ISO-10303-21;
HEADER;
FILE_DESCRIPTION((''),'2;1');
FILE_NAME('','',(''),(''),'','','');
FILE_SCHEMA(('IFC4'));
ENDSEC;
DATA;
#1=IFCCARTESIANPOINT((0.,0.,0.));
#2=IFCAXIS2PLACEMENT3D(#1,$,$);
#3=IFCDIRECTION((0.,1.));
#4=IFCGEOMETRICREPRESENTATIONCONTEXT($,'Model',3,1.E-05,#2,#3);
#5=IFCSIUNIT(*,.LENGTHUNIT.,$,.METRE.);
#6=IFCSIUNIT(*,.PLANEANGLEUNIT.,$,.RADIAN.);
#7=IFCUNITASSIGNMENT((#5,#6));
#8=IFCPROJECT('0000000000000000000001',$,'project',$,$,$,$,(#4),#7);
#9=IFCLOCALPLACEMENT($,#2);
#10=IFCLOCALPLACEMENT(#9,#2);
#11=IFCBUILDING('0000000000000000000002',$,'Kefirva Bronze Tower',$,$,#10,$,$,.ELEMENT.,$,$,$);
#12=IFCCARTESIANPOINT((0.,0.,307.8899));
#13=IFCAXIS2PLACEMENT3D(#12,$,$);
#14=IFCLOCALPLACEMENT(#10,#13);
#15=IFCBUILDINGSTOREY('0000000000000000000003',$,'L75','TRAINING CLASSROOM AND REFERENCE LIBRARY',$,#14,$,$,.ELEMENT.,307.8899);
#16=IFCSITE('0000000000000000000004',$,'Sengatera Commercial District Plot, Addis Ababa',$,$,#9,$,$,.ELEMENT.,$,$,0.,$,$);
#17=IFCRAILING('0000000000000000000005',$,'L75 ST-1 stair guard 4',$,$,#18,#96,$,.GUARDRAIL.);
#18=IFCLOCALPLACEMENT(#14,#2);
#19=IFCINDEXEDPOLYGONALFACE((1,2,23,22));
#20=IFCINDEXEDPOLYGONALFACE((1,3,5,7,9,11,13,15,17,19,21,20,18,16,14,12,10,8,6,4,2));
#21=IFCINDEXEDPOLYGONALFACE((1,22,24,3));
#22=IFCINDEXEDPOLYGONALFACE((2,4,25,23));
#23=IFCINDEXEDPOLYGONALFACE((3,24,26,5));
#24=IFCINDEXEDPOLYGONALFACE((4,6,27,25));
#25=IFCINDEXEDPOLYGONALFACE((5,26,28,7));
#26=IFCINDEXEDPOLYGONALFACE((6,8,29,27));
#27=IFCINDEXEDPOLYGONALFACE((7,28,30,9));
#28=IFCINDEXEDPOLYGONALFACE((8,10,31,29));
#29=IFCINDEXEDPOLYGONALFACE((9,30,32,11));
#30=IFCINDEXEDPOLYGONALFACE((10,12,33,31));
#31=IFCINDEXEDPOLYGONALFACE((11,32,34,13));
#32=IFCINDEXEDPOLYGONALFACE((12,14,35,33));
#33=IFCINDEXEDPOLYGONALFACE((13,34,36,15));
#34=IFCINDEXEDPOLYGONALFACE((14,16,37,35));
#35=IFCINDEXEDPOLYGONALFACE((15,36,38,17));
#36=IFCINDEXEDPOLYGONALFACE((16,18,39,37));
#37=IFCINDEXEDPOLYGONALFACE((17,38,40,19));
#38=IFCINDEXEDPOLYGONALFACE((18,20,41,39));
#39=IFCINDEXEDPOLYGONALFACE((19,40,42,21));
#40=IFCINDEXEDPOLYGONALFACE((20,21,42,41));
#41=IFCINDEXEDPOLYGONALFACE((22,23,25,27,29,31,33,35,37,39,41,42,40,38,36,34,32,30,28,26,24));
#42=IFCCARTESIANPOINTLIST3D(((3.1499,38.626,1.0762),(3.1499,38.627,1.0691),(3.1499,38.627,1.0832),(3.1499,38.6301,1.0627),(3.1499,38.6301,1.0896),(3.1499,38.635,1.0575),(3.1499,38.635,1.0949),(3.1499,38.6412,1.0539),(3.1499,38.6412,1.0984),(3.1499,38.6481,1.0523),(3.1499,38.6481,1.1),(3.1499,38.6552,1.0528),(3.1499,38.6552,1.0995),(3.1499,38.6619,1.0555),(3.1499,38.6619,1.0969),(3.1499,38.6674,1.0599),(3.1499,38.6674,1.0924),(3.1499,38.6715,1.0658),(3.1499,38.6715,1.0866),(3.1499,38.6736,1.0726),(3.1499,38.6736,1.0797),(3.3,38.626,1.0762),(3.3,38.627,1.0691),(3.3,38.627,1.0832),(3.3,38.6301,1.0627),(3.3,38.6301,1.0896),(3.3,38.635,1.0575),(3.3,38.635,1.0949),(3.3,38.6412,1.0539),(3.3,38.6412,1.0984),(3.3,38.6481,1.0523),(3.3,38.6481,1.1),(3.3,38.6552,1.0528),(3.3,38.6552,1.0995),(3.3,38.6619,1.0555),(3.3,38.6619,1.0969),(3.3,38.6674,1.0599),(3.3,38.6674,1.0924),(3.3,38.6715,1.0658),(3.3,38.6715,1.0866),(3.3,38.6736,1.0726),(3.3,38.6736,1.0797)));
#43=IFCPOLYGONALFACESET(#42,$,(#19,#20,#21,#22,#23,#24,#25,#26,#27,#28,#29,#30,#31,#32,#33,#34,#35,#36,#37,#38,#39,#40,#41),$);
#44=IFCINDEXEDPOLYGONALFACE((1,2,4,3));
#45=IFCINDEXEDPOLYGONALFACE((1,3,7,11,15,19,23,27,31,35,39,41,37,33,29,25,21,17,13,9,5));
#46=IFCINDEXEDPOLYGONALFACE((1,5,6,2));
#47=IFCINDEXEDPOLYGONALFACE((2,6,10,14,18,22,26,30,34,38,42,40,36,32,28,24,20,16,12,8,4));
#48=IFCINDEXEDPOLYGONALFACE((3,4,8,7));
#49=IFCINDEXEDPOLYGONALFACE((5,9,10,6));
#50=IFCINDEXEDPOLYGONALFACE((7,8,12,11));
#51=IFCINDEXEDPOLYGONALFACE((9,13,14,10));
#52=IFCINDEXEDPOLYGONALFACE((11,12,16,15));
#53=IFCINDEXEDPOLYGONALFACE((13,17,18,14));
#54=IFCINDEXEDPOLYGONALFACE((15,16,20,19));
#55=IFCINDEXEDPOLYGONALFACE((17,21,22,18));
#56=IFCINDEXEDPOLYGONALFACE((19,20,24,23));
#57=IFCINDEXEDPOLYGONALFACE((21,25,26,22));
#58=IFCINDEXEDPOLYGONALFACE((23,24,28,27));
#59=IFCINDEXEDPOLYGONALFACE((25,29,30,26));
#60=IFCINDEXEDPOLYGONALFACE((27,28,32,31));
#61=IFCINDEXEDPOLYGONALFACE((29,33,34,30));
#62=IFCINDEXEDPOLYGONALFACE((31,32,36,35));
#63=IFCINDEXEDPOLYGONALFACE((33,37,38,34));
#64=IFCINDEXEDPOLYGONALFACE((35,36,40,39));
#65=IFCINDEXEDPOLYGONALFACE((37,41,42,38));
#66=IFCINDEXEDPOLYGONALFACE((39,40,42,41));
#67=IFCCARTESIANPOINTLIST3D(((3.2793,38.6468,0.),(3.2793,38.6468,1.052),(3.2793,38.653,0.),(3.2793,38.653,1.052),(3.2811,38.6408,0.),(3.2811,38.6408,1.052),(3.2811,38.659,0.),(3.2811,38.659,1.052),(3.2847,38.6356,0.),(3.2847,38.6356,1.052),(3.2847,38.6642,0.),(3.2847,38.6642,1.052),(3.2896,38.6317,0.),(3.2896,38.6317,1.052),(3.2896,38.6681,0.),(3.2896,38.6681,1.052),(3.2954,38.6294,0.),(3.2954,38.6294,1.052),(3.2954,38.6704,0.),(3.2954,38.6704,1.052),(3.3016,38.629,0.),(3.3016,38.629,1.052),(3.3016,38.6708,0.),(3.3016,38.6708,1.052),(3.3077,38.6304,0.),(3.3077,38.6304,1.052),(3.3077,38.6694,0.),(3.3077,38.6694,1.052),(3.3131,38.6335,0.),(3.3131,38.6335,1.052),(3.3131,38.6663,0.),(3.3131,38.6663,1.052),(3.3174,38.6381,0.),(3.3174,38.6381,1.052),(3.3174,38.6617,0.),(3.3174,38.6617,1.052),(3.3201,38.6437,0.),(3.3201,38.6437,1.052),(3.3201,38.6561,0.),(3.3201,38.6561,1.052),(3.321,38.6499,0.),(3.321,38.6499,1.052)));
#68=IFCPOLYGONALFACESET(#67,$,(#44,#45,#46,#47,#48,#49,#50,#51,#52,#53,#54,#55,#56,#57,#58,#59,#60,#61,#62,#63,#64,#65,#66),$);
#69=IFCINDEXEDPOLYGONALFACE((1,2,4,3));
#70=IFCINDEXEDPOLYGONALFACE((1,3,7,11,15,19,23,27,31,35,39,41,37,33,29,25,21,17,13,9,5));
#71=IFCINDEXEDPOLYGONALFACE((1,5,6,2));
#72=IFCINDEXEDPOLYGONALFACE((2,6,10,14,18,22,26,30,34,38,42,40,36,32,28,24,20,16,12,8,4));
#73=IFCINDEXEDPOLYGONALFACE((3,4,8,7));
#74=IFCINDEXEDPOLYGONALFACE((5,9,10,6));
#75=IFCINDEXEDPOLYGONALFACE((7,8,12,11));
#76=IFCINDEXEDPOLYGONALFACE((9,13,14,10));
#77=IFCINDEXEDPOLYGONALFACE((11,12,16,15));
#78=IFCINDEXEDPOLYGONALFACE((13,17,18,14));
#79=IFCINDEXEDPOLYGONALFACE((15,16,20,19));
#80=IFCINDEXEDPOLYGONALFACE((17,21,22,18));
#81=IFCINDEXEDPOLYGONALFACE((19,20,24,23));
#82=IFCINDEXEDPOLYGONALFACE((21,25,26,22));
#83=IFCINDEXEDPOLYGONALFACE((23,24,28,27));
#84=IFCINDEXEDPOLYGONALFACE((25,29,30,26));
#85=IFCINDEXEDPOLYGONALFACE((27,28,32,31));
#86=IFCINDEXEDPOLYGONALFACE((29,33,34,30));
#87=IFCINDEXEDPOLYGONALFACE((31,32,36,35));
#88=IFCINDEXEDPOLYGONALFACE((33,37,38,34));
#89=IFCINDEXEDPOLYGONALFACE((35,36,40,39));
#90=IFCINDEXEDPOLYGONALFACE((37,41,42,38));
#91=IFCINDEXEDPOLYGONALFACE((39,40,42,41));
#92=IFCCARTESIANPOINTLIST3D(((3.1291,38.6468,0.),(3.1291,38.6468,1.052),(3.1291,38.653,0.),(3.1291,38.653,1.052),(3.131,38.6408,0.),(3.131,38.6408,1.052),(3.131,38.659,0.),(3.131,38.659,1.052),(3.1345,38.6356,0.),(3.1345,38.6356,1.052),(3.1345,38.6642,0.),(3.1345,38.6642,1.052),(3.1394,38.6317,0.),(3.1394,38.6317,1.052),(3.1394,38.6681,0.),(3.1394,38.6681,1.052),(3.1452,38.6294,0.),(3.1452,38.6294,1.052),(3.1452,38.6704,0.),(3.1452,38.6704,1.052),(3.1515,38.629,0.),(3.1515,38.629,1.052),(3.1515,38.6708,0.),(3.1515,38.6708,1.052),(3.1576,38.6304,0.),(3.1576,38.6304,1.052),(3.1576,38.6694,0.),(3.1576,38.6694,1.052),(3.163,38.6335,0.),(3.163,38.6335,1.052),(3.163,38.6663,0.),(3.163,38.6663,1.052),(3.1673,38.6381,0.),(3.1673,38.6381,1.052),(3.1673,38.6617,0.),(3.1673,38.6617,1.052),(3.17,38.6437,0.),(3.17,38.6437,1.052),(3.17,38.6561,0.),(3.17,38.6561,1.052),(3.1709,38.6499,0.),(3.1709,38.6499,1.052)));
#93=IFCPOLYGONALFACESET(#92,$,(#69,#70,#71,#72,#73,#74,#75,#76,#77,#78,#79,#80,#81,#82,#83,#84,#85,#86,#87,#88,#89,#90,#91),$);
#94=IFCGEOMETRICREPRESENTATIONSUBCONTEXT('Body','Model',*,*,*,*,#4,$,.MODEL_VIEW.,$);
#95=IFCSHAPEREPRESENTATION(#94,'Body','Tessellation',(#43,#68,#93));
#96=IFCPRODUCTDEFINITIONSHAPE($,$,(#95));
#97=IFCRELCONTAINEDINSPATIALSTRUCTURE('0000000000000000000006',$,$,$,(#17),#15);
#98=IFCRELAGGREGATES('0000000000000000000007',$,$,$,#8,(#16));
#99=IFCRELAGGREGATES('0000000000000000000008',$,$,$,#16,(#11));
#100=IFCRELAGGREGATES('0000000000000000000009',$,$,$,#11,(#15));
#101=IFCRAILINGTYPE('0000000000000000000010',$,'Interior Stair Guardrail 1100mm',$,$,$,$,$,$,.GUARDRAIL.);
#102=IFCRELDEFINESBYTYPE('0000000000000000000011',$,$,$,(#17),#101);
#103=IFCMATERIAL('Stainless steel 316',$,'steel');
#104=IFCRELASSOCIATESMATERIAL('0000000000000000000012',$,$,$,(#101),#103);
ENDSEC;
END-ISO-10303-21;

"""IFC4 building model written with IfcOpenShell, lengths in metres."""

from ifc_helpers import new_model, si_unit, direction, frame, origin, origin_2d, place, context, subcontext, project, spatial, circle, extrude, material, type_object, element, save


model = new_model("IFC4")

# Units and contexts
model_context = context("Model", 3, precision=1e-05, world=origin(), true_north=direction((0.0, 1.0)))
body_context = subcontext(model_context, "Body", "Model", "MODEL_VIEW")
ifc_project = project(units=[si_unit("LENGTHUNIT", "METRE"), si_unit("PLANEANGLEUNIT", "RADIAN")], contexts=[model_context])

# Site, building, storey
site_placement = place(None, origin())
site = spatial("IfcSite", under=ifc_project, at=site_placement, Name="Sengatera Commercial District Plot, Addis Ababa", CompositionType="ELEMENT", RefElevation=0.0)
building_placement = place(site_placement, origin())
building = spatial("IfcBuilding", under=site, at=building_placement, Name="Kefirva Bronze Tower", CompositionType="ELEMENT")
storey_placement = place(building_placement, frame((0.0, 0.0, 307.8899)))
storey = spatial("IfcBuildingStorey", under=building, at=storey_placement, Name="L75", Description="TRAINING CLASSROOM AND REFERENCE LIBRARY", CompositionType="ELEMENT", Elevation=307.8899)

# Railing
ifc_material_1 = material(Name="Stainless steel 316", Category="steel")
railing_type_1 = type_object("IfcRailingType", Name="Interior Stair Guardrail 1100mm", PredefinedType="GUARDRAIL", material=ifc_material_1)
railing_1_placement = place(storey_placement, frame((3.3, 38.6499, 0.0)))
element("IfcRailing", 1, at=railing_1_placement, inside=storey, type_object=railing_type_1, Name="L75 ST-1 stair guard 4", PredefinedType="GUARDRAIL", context=body_context, shape_type="SweptSolid", body=[
    extrude(circle(Radius=0.0239, at=origin_2d()), frame((0.0, 0.0, 1.0762), z_axis=(-1.0, 0.0, 0.0), x_axis=(0.0, -1.0, 0.0)), (0.0, 0.0, 1.0), 0.1501),
    extrude(circle(Radius=0.021, at=origin_2d()), origin(), (0.0, 0.0, 1.0), 1.052),
    extrude(circle(Radius=0.021, at=origin_2d()), frame((-0.1501, 0.0, 0.0)), (0.0, 0.0, 1.0), 1.052),
])

save(model, "model.ifc")
